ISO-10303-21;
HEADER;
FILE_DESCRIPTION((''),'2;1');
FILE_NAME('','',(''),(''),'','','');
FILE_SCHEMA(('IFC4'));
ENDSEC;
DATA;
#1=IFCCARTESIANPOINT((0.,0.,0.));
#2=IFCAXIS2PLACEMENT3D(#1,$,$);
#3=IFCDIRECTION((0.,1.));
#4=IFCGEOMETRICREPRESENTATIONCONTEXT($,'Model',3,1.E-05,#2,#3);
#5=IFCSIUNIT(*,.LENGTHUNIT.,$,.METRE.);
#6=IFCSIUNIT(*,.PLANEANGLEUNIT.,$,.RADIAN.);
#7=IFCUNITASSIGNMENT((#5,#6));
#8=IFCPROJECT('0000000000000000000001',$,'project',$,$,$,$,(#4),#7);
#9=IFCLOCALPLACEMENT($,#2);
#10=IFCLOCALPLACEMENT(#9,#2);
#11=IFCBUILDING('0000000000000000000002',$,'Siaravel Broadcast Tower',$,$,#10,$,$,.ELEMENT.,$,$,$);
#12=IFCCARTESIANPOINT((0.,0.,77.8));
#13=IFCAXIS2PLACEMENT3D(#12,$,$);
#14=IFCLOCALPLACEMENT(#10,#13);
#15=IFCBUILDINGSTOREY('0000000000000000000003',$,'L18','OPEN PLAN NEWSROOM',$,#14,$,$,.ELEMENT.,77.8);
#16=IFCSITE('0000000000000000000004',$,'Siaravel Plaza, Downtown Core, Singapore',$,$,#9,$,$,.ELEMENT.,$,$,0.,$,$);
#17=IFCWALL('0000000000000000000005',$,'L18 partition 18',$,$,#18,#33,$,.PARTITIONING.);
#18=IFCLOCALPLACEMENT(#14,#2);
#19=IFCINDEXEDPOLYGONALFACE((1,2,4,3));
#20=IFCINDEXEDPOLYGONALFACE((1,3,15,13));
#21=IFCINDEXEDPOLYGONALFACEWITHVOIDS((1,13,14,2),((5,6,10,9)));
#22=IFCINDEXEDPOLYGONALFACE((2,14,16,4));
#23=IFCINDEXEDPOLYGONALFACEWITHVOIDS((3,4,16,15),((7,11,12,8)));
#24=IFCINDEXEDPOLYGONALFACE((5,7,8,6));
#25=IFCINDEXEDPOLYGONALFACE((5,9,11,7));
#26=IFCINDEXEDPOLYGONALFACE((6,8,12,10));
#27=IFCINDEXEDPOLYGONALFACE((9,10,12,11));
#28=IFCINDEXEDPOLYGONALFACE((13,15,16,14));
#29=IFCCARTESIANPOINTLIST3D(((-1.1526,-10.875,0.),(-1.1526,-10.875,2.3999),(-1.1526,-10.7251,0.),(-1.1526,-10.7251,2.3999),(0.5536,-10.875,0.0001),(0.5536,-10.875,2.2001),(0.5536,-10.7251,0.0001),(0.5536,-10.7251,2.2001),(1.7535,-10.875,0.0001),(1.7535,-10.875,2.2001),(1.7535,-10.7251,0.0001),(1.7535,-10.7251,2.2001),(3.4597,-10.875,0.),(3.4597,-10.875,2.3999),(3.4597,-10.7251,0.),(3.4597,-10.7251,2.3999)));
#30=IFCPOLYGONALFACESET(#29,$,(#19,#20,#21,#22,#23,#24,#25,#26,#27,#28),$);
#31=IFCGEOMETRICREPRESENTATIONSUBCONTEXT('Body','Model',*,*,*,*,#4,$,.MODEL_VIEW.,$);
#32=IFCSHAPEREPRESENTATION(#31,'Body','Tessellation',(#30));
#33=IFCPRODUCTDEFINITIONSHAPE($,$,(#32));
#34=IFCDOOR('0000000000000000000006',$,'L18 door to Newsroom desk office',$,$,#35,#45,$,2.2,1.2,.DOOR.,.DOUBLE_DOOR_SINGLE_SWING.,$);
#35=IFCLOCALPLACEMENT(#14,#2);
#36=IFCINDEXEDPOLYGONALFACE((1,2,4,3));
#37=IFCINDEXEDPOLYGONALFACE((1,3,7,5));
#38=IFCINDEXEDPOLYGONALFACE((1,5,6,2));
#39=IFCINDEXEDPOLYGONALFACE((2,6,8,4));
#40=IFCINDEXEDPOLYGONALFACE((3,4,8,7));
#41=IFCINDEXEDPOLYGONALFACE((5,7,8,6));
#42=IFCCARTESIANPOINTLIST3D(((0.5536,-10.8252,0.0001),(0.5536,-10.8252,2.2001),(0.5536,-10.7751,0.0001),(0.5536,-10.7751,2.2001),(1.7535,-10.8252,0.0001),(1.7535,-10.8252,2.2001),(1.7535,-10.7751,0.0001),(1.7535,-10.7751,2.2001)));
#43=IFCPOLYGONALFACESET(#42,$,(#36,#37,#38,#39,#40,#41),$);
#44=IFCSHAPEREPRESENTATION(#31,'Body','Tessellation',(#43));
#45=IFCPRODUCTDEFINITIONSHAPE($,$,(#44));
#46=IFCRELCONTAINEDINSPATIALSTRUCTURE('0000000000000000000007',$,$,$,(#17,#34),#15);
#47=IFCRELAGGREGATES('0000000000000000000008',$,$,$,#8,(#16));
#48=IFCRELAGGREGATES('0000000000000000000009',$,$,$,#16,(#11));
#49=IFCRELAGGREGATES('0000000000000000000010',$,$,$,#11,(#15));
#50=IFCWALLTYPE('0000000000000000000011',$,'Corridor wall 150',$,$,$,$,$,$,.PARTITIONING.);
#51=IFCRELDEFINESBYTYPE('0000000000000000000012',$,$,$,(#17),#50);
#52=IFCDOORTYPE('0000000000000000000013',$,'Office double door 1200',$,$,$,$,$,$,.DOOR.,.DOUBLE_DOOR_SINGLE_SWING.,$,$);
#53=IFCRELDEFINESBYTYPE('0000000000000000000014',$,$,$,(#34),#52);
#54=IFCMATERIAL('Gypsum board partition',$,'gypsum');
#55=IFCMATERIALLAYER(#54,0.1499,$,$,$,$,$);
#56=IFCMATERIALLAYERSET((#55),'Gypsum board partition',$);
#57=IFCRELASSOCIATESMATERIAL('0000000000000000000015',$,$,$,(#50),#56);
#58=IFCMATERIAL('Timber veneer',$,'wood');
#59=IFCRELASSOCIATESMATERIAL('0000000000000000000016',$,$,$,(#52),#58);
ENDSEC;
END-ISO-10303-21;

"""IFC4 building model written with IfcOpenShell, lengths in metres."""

from ifc_helpers import new_model, si_unit, direction, frame, frame_2d, origin, place, context, subcontext, project, spatial, rectangle, extrude, material, layer, layer_set, type_object, element, fill, save


model = new_model("IFC4")

# Units and contexts
model_context = context("Model", 3, precision=1e-05, world=origin(), true_north=direction((0.0, 1.0)))
body_context = subcontext(model_context, "Body", "Model", "MODEL_VIEW")
ifc_project = project(units=[si_unit("LENGTHUNIT", "METRE"), si_unit("PLANEANGLEUNIT", "RADIAN")], contexts=[model_context])

# Site, building, storey
site_placement = place(None, origin())
site = spatial("IfcSite", under=ifc_project, at=site_placement, Name="Siaravel Plaza, Downtown Core, Singapore", CompositionType="ELEMENT", RefElevation=0.0)
building_placement = place(site_placement, origin())
building = spatial("IfcBuilding", under=site, at=building_placement, Name="Siaravel Broadcast Tower", CompositionType="ELEMENT")
storey_placement = place(building_placement, frame((0.0, 0.0, 77.8)))
storey = spatial("IfcBuildingStorey", under=building, at=storey_placement, Name="L18", Description="OPEN PLAN NEWSROOM", CompositionType="ELEMENT", Elevation=77.8)

# Wall, opening, door
ifc_material_1 = material(Name="Gypsum board partition", Category="gypsum")
ifc_layer_1 = layer(ifc_material_1, 0.1499)
ifc_layer_set_1 = layer_set([ifc_layer_1], Name="Gypsum board partition")
wall_type_1 = type_object("IfcWallType", Name="Corridor wall 150", PredefinedType="PARTITIONING", material=ifc_layer_set_1)
wall_1_placement = place(storey_placement, frame((-1.1526, -10.8, 0.0), z_axis=(0.0, 0.0, 1.0), x_axis=(1.0, 0.0, 0.0)))
wall_1 = element("IfcWall", 1, at=wall_1_placement, inside=storey, type_object=wall_type_1, Name="L18 partition 18", PredefinedType="PARTITIONING", context=body_context, shape_type="SweptSolid", body=[
    extrude(rectangle(XDim=4.6123, YDim=0.1499, at=frame_2d((2.3062, 0.0))), origin(), (0.0, 0.0, 1.0), 2.3999),
])
opening_1_placement = place(wall_1_placement, frame((1.7061, 0.0, 0.0)))
opening_1 = element("IfcOpeningElement", 2, at=opening_1_placement, cuts=wall_1, PredefinedType="OPENING", context=body_context, shape_type="SweptSolid", body=[
    extrude(rectangle(XDim=1.2, YDim=2.2, at=frame_2d((0.6001, 1.1001))), frame((0.0, 0.085, 0.0), z_axis=(0.0, -1.0, 0.0), x_axis=(1.0, 0.0, 0.0)), (0.0, 0.0, 1.0), 0.1699),
])
ifc_material_2 = material(Name="Timber veneer", Category="wood")
door_type_1 = type_object("IfcDoorType", Name="Office double door 1200", OperationType="DOUBLE_DOOR_SINGLE_SWING", PredefinedType="DOOR", material=ifc_material_2)
door_1_placement = place(opening_1_placement, origin())
door_1 = element("IfcDoor", 3, at=door_1_placement, inside=storey, type_object=door_type_1, Name="L18 door to Newsroom desk office", OperationType="DOUBLE_DOOR_SINGLE_SWING", OverallHeight=2.2, OverallWidth=1.2, PredefinedType="DOOR", context=body_context, shape_type="SweptSolid", body=[
    extrude(rectangle(XDim=1.2, YDim=2.2, at=frame_2d((0.6001, 1.1001))), frame((0.0, 0.0249, 0.0), z_axis=(0.0, -1.0, 0.0), x_axis=(1.0, 0.0, 0.0)), (0.0, 0.0, 1.0), 0.05),
])
fill(opening_1, door_1)

save(model, "model.ifc")
